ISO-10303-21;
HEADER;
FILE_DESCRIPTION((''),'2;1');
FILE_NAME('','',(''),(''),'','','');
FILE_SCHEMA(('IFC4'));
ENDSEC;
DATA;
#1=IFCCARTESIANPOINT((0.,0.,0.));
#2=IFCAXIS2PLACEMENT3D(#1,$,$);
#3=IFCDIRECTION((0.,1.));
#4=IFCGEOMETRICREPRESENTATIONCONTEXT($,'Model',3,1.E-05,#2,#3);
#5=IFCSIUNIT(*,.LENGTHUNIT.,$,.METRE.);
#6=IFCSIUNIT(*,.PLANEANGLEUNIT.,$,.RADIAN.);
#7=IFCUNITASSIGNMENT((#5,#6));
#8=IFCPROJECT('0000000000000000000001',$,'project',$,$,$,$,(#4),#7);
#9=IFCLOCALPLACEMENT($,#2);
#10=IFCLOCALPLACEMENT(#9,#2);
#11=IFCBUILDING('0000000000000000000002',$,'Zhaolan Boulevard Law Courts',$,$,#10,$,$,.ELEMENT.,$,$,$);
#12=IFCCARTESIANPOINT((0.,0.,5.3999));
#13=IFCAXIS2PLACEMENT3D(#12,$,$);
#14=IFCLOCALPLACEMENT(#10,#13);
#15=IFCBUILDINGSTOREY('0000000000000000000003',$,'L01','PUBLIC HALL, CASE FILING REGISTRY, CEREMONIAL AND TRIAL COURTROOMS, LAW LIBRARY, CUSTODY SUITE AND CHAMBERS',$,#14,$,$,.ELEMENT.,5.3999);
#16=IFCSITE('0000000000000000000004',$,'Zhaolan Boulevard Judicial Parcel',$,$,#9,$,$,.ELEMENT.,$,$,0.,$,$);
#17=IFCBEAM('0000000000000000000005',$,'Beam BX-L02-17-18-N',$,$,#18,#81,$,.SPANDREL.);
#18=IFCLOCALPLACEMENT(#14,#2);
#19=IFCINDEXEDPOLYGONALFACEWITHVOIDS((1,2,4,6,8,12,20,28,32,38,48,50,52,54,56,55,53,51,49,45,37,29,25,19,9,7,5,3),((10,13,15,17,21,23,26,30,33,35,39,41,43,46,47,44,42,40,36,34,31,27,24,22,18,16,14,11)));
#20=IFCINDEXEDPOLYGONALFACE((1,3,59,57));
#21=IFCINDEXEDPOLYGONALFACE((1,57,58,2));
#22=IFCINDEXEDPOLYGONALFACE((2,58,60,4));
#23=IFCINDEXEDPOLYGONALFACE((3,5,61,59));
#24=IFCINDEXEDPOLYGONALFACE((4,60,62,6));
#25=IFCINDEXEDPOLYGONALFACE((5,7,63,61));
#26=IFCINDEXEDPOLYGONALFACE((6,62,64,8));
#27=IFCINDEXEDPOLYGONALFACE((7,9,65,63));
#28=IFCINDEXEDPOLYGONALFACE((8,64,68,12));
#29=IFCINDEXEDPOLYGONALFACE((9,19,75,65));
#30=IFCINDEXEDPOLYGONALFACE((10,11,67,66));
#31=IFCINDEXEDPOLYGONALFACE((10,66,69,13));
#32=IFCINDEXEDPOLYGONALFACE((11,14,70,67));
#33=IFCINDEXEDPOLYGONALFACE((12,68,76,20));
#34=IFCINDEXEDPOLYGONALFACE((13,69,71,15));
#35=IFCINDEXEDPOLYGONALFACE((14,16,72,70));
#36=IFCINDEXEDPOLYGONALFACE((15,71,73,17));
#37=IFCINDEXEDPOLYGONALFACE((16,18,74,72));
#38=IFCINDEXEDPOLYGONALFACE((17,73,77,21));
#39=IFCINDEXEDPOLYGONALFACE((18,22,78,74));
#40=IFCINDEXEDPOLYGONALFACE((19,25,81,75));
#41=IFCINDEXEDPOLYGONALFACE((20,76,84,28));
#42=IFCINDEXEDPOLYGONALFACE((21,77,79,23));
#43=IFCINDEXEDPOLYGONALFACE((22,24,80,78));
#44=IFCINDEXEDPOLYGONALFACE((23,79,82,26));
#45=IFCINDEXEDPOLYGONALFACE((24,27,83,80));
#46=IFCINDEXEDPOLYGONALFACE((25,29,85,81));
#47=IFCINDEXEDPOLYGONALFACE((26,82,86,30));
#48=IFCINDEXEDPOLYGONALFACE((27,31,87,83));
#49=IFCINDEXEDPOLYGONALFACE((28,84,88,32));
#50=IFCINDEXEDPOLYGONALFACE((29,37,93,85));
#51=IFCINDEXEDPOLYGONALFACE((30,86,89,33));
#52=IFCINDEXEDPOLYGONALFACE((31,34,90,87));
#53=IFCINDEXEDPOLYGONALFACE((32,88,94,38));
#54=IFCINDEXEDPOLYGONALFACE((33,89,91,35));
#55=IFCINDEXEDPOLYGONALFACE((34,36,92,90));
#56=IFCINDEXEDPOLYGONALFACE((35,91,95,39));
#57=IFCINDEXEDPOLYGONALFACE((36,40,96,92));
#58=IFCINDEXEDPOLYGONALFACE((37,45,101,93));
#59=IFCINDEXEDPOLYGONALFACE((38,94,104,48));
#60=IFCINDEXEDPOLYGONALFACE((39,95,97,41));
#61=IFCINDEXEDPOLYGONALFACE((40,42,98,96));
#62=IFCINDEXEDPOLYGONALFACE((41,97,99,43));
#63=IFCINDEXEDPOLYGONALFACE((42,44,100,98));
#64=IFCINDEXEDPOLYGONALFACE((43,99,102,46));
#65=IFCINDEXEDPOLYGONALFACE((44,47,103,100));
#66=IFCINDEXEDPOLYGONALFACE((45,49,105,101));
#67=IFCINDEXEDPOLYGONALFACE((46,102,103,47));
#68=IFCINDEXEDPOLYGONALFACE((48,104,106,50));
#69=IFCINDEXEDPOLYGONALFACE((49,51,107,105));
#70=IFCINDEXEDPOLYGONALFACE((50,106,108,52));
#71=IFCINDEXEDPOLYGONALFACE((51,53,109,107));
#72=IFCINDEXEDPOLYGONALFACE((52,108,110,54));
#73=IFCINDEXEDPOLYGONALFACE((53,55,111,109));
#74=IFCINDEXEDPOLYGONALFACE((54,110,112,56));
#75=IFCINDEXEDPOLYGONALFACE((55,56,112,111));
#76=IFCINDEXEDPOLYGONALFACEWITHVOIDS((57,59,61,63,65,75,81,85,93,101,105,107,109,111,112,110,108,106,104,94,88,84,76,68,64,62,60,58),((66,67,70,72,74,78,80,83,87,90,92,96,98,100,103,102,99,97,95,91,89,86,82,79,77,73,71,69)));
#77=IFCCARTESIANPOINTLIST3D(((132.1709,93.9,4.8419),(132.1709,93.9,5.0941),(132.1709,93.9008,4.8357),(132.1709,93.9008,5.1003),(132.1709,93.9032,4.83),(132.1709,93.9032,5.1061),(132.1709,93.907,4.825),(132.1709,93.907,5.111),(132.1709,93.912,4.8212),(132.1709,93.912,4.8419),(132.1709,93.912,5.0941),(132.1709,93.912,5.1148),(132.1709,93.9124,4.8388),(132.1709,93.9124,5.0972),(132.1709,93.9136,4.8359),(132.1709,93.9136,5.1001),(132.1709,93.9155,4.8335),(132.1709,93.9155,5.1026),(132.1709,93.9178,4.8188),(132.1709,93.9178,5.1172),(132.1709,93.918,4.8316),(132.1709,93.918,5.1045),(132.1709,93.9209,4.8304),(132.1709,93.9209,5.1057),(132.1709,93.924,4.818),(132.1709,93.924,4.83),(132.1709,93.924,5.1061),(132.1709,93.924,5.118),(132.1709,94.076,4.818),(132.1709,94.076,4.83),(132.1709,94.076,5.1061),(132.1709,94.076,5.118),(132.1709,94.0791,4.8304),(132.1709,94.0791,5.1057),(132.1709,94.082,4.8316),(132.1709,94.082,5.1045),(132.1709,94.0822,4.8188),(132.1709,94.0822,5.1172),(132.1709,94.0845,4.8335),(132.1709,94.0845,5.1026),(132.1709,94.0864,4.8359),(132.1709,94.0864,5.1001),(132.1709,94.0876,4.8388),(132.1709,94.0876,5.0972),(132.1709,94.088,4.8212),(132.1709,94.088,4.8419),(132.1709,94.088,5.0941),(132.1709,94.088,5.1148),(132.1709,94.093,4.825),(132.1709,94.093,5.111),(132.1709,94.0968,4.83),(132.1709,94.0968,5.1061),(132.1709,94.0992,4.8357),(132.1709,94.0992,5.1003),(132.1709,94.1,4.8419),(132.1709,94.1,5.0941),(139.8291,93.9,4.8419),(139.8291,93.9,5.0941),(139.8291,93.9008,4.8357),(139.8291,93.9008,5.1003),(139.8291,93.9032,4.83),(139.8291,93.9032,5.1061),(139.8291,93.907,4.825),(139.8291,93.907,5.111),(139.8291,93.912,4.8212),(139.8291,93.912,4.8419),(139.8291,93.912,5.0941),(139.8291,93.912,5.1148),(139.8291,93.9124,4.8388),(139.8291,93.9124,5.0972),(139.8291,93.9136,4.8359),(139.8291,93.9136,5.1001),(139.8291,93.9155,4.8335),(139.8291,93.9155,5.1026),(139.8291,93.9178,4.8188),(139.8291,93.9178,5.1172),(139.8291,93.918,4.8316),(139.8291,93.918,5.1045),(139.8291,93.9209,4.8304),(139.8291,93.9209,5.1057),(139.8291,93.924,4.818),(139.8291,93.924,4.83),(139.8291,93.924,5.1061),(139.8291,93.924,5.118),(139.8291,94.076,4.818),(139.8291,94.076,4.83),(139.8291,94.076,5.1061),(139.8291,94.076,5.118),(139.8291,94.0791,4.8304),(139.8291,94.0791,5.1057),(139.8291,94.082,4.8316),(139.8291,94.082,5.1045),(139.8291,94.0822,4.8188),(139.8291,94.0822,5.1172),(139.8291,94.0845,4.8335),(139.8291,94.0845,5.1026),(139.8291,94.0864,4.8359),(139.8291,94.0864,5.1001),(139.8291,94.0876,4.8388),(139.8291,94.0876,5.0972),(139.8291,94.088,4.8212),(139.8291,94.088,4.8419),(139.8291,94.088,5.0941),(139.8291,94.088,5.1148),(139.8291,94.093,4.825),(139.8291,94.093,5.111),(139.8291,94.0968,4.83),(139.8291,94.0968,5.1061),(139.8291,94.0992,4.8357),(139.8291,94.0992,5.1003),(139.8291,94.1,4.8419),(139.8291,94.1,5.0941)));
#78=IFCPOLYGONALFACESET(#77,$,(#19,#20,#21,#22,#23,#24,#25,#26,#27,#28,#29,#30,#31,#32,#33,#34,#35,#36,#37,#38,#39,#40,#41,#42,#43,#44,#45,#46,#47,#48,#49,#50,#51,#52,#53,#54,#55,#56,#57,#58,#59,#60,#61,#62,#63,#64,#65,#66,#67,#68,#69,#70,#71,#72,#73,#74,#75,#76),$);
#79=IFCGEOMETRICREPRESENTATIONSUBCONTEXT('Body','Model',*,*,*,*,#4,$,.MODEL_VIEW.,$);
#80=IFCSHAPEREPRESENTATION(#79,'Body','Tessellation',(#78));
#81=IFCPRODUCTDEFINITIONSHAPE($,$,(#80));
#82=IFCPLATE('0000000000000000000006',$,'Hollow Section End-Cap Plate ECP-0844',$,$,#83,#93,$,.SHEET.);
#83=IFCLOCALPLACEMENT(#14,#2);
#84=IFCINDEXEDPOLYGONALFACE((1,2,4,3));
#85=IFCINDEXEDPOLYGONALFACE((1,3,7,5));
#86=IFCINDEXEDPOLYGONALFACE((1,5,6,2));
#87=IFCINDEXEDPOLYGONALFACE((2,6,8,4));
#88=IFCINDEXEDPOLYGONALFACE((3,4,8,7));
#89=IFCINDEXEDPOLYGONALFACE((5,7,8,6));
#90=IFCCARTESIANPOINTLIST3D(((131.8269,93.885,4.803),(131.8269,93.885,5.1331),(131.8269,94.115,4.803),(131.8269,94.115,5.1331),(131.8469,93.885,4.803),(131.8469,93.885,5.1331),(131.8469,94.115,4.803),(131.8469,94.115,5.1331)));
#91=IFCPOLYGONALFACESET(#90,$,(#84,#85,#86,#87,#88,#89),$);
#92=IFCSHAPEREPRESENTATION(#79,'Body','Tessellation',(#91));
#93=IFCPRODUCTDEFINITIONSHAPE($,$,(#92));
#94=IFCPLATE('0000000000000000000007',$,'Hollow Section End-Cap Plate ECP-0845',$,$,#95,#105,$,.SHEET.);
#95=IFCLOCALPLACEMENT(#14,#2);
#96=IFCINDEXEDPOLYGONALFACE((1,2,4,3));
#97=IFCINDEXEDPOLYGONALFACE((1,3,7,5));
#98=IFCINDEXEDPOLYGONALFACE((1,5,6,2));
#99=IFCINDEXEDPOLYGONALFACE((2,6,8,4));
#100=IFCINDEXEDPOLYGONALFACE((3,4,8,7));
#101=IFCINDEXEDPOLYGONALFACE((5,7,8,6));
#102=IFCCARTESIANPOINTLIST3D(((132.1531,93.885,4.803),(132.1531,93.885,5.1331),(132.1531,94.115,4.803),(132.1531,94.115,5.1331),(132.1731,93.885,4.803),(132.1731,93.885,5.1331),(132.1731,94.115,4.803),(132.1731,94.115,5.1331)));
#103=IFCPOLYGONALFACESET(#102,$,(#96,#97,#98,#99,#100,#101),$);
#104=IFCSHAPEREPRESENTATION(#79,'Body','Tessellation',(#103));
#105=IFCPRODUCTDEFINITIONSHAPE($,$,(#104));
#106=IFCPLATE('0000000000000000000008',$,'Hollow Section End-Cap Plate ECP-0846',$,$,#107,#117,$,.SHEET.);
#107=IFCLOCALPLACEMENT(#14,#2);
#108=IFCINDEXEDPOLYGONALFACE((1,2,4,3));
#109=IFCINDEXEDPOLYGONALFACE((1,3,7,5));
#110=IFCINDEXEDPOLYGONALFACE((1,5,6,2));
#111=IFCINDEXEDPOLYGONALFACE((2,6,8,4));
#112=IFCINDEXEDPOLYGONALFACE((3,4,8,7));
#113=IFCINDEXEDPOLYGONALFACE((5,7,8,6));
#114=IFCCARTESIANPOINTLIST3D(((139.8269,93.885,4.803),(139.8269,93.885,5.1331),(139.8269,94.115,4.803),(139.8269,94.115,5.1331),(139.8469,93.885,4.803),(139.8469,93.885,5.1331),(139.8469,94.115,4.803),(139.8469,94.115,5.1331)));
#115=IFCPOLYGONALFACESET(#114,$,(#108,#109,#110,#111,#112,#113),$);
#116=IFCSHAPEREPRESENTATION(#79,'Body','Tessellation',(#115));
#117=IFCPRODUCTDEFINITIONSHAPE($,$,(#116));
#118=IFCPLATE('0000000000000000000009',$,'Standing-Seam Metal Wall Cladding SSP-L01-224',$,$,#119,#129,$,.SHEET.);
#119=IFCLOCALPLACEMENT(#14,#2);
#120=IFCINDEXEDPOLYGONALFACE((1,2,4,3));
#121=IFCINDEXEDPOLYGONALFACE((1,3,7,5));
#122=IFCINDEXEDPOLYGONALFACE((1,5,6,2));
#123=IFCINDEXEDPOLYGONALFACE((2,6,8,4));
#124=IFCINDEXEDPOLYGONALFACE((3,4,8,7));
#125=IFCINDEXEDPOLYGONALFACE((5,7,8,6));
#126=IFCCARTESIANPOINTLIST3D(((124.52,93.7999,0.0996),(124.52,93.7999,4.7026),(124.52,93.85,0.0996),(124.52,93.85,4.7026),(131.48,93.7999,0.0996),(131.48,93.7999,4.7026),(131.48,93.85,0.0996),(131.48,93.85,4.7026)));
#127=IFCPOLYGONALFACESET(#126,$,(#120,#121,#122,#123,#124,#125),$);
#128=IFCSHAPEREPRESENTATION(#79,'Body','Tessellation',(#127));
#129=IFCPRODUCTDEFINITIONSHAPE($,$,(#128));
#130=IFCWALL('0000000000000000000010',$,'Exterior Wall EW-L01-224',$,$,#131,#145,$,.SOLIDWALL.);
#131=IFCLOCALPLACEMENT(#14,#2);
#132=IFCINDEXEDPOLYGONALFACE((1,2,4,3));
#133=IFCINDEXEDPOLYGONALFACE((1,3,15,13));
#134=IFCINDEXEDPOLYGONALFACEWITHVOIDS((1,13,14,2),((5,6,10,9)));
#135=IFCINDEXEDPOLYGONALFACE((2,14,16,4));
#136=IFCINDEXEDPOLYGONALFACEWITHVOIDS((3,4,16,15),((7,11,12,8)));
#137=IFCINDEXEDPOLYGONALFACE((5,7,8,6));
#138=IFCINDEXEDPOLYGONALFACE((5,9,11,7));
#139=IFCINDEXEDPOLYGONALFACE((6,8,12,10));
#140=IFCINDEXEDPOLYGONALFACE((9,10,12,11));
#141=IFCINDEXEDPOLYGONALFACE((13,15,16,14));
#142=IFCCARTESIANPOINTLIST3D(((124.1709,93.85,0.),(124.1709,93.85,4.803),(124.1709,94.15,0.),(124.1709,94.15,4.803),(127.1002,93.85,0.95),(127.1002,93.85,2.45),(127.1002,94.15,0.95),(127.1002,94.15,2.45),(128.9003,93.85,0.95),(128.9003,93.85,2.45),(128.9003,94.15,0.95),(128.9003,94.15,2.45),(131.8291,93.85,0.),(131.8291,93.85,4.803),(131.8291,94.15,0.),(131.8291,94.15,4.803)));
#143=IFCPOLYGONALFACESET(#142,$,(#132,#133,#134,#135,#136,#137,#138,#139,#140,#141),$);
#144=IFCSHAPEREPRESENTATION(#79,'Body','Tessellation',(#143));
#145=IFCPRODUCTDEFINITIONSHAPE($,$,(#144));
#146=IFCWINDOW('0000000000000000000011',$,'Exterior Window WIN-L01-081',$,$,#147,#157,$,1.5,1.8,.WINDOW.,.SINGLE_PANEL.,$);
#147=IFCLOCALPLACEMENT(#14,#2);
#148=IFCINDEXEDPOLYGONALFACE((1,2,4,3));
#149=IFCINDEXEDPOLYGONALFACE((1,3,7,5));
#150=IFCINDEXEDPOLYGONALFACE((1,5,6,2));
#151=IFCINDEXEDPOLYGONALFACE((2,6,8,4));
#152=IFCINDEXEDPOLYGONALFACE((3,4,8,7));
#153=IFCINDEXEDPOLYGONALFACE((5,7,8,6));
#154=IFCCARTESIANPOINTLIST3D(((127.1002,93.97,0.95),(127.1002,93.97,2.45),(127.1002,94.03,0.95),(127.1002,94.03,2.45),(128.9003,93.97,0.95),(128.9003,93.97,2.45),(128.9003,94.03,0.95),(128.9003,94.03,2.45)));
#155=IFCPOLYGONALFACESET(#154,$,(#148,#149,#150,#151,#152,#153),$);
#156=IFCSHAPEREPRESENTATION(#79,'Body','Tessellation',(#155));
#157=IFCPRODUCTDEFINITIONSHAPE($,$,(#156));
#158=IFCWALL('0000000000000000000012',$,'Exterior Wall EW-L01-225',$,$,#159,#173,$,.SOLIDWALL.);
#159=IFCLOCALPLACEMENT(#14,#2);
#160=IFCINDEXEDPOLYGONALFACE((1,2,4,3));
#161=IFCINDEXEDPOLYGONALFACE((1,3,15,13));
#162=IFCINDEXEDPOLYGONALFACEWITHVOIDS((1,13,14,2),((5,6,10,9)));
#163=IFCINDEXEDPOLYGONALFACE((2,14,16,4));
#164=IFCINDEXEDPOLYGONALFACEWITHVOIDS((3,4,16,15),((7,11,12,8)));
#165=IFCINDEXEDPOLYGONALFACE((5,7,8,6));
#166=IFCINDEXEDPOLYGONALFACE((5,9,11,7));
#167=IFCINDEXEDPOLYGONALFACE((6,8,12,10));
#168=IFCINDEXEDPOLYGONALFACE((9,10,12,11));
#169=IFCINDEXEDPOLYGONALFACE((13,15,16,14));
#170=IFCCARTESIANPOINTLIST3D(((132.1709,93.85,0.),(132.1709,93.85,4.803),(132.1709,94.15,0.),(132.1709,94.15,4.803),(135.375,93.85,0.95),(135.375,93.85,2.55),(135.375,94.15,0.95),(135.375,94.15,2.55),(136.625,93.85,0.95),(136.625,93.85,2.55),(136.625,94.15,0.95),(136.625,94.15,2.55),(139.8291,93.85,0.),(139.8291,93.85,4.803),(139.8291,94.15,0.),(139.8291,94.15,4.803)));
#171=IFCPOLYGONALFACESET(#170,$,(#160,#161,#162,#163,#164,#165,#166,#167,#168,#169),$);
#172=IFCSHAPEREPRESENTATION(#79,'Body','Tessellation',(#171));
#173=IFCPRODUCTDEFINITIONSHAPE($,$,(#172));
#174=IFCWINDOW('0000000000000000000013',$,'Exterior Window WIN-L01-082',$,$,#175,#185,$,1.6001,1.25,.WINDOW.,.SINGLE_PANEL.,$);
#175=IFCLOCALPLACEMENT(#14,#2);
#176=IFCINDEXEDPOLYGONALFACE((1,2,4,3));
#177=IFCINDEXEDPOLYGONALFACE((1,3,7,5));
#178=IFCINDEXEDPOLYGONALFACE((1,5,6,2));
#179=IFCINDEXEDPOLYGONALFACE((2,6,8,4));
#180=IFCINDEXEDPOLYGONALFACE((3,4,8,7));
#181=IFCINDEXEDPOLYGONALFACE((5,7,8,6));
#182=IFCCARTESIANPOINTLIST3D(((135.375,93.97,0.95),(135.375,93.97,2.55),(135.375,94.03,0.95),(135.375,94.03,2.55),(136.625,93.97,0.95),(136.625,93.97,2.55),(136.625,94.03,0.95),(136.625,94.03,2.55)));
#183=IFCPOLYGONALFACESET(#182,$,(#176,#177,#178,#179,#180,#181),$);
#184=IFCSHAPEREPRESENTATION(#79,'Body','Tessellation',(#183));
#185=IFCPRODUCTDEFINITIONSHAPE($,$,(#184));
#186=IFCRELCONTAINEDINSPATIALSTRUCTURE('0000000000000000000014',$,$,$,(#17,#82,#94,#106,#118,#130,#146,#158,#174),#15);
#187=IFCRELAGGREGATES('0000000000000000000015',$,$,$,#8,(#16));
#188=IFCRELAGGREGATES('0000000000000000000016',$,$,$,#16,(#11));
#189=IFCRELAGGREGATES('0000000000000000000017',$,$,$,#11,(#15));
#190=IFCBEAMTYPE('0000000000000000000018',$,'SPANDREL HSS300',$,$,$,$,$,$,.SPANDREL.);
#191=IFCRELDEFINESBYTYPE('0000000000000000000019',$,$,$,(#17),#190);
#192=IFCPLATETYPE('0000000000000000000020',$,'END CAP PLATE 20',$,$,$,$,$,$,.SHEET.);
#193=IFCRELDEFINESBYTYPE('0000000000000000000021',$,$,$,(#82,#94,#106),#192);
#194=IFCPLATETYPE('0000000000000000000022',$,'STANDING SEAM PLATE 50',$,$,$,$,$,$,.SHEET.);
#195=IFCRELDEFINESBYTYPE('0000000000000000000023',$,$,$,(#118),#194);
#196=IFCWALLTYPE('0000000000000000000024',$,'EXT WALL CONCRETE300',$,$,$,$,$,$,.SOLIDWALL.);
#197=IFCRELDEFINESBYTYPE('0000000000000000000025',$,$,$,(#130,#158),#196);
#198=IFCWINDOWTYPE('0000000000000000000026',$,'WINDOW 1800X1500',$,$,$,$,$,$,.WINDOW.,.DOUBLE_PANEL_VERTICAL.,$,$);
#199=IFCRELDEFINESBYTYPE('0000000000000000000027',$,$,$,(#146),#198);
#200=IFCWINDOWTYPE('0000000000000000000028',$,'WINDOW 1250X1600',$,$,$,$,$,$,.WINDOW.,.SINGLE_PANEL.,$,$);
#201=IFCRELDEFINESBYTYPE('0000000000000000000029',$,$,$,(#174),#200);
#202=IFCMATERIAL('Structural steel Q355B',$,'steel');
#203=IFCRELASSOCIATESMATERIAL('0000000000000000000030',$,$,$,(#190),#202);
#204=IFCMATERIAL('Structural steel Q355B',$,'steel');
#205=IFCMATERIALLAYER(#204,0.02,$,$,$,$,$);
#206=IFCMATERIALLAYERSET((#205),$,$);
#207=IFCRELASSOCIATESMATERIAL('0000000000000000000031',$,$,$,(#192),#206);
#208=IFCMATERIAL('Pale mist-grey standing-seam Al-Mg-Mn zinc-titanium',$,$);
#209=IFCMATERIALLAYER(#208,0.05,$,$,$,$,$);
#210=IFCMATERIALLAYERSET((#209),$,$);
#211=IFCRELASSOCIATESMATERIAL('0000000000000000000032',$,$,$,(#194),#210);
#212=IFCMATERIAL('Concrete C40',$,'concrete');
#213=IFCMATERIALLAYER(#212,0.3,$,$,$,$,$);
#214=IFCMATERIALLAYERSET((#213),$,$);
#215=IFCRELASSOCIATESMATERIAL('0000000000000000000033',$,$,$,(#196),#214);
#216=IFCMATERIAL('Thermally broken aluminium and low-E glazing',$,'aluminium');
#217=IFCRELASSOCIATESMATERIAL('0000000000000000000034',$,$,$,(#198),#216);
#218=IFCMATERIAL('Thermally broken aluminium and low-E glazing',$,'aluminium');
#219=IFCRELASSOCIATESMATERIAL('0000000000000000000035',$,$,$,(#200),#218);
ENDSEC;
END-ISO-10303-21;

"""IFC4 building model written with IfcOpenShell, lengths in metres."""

from ifc_helpers import new_model, si_unit, direction, frame, frame_2d, origin, origin_2d, place, context, subcontext, project, spatial, rectangle, hollow_rectangle, extrude, material, layer, layer_set, material_profile, profile_set, type_object, element, fill, save


model = new_model("IFC4")

# Units and contexts
model_context = context("Model", 3, precision=1e-05, world=origin(), true_north=direction((0.0, 1.0)))
body_context = subcontext(model_context, "Body", "Model", "MODEL_VIEW")
ifc_project = project(units=[si_unit("LENGTHUNIT", "METRE"), si_unit("PLANEANGLEUNIT", "RADIAN")], contexts=[model_context])

# Site, building, storey
site_placement = place(None, origin())
site = spatial("IfcSite", under=ifc_project, at=site_placement, Name="Zhaolan Boulevard Judicial Parcel", CompositionType="ELEMENT", RefElevation=0.0)
building_placement = place(site_placement, origin())
building = spatial("IfcBuilding", under=site, at=building_placement, Name="Zhaolan Boulevard Law Courts", CompositionType="ELEMENT")
storey_placement = place(building_placement, frame((0.0, 0.0, 5.3999)))
storey = spatial("IfcBuildingStorey", under=building, at=storey_placement, Name="L01", Description="PUBLIC HALL, CASE FILING REGISTRY, CEREMONIAL AND TRIAL COURTROOMS, LAW LIBRARY, CUSTODY SUITE AND CHAMBERS", CompositionType="ELEMENT", Elevation=5.3999)

# Beam
ifc_material_1 = material(Name="Structural steel Q355B", Category="steel")
ifc_material_profile_1 = material_profile(ifc_material_1, hollow_rectangle(XDim=0.2, YDim=0.3, WallThickness=0.012, InnerFilletRadius=0.012, OuterFilletRadius=0.0239, at=origin_2d()), Name="HSS300x200x12")
ifc_profile_set_1 = profile_set([ifc_material_profile_1], Name="Structural steel Q355B")
beam_type_1 = type_object("IfcBeamType", Name="SPANDREL HSS300", PredefinedType="SPANDREL", material=ifc_profile_set_1)
beam_1_placement = place(storey_placement, frame((132.1709, 94.0, 4.968), z_axis=(1.0, 0.0, 0.0), x_axis=(0.0, 1.0, 0.0)))
element("IfcBeam", 1, at=beam_1_placement, inside=storey, type_object=beam_type_1, Name="Beam BX-L02-17-18-N", PredefinedType="SPANDREL", context=body_context, shape_type="SweptSolid", body=[
    extrude(hollow_rectangle(XDim=0.2, YDim=0.3, WallThickness=0.012, InnerFilletRadius=0.012, OuterFilletRadius=0.0239, at=origin_2d()), origin(), (0.0, 0.0, 1.0), 7.6582),
])

# Plates
ifc_material_2 = material(Name="Structural steel Q355B", Category="steel")
ifc_layer_1 = layer(ifc_material_2, 0.02)
ifc_layer_set_1 = layer_set([ifc_layer_1])
plate_type_1 = type_object("IfcPlateType", Name="END CAP PLATE 20", PredefinedType="SHEET", material=ifc_layer_set_1)
for number, where, z_axis, x_axis, name in (
    (2, (131.8369, 94.0, 4.803), (0.0, 0.0, 1.0), (1.0, 0.0, 0.0), "Hollow Section End-Cap Plate ECP-0844"),
    (3, (132.1631, 94.0, 4.803), (0.0, 0.0, 1.0), (1.0, 0.0, 0.0), "Hollow Section End-Cap Plate ECP-0845"),
    (4, (139.8369, 94.0, 4.803), (0.0, 0.0, 1.0), (1.0, 0.0, 0.0), "Hollow Section End-Cap Plate ECP-0846"),
):
    element("IfcPlate", number, at=place(storey_placement, frame(where, z_axis=z_axis, x_axis=x_axis)), inside=storey, type_object=plate_type_1, Name=name, PredefinedType="SHEET", context=body_context, shape_type="SweptSolid", body=[
        extrude(rectangle(XDim=0.02, YDim=0.23, at=origin_2d()), origin(), (0.0, 0.0, 1.0), 0.3301),
    ])
ifc_material_3 = material(Name="Pale mist-grey standing-seam Al-Mg-Mn zinc-titanium")
ifc_layer_2 = layer(ifc_material_3, 0.05)
ifc_layer_set_2 = layer_set([ifc_layer_2])
plate_type_2 = type_object("IfcPlateType", Name="STANDING SEAM PLATE 50", PredefinedType="SHEET", material=ifc_layer_set_2)
plate_placement = place(storey_placement, frame((128.0, 93.825, 0.0996), z_axis=(0.0, 0.0, 1.0), x_axis=(-1.0, 0.0, 0.0)))
element("IfcPlate", 5, at=plate_placement, inside=storey, type_object=plate_type_2, Name="Standing-Seam Metal Wall Cladding SSP-L01-224", PredefinedType="SHEET", context=body_context, shape_type="SweptSolid", body=[
    extrude(rectangle(XDim=6.96, YDim=0.05, at=origin_2d()), origin(), (0.0, 0.0, 1.0), 4.603),
])

# Walls, openings, windows
ifc_material_4 = material(Name="Concrete C40", Category="concrete")
ifc_layer_3 = layer(ifc_material_4, 0.3)
ifc_layer_set_3 = layer_set([ifc_layer_3])
wall_type_1 = type_object("IfcWallType", Name="EXT WALL CONCRETE300", PredefinedType="SOLIDWALL", material=ifc_layer_set_3)
wall_1_placement = place(storey_placement, frame((131.8291, 94.0, 0.0), z_axis=(0.0, 0.0, 1.0), x_axis=(-1.0, 0.0, 0.0)))
wall_1 = element("IfcWall", 6, at=wall_1_placement, inside=storey, type_object=wall_type_1, Name="Exterior Wall EW-L01-224", PredefinedType="SOLIDWALL", context=body_context, shape_type="SweptSolid", body=[
    extrude(rectangle(XDim=7.6582, YDim=0.3, at=frame_2d((3.8291, 0.0))), origin(), (0.0, 0.0, 1.0), 4.803),
])
opening_1_placement = place(wall_1_placement, frame((2.929, 0.0, 0.95)))
opening_1 = element("IfcOpeningElement", 7, at=opening_1_placement, cuts=wall_1, PredefinedType="OPENING", context=body_context, shape_type="SweptSolid", body=[
    extrude(rectangle(XDim=1.8, YDim=1.5, at=frame_2d((0.8999, 0.75))), frame((0.0, 0.1599, 0.0), z_axis=(0.0, -1.0, 0.0), x_axis=(1.0, 0.0, 0.0)), (0.0, 0.0, 1.0), 0.3201),
])
ifc_material_5 = material(Name="Thermally broken aluminium and low-E glazing", Category="aluminium")
window_type_1 = type_object("IfcWindowType", Name="WINDOW 1800X1500", PartitioningType="DOUBLE_PANEL_VERTICAL", PredefinedType="WINDOW", material=ifc_material_5)
window_1_placement = place(opening_1_placement, origin())
window_1 = element("IfcWindow", 8, at=window_1_placement, inside=storey, type_object=window_type_1, Name="Exterior Window WIN-L01-081", OverallHeight=1.5, OverallWidth=1.8, PartitioningType="SINGLE_PANEL", PredefinedType="WINDOW", context=body_context, shape_type="SweptSolid", body=[
    extrude(rectangle(XDim=1.8, YDim=1.5, at=frame_2d((0.8999, 0.75))), frame((0.0, 0.03, 0.0), z_axis=(0.0, -1.0, 0.0), x_axis=(1.0, 0.0, 0.0)), (0.0, 0.0, 1.0), 0.0601),
])
fill(opening_1, window_1)
wall_2_placement = place(storey_placement, frame((139.8291, 94.0, 0.0), z_axis=(0.0, 0.0, 1.0), x_axis=(-1.0, 0.0, 0.0)))
wall_2 = element("IfcWall", 9, at=wall_2_placement, inside=storey, type_object=wall_type_1, Name="Exterior Wall EW-L01-225", PredefinedType="SOLIDWALL", context=body_context, shape_type="SweptSolid", body=[
    extrude(rectangle(XDim=7.6582, YDim=0.3, at=frame_2d((3.8291, 0.0))), origin(), (0.0, 0.0, 1.0), 4.803),
])
opening_2_placement = place(wall_2_placement, frame((3.2041, 0.0, 0.95)))
opening_2 = element("IfcOpeningElement", 10, at=opening_2_placement, cuts=wall_2, PredefinedType="OPENING", context=body_context, shape_type="SweptSolid", body=[
    extrude(rectangle(XDim=1.25, YDim=1.6001, at=frame_2d((0.625, 0.8))), frame((0.0, 0.1599, 0.0), z_axis=(0.0, -1.0, 0.0), x_axis=(1.0, 0.0, 0.0)), (0.0, 0.0, 1.0), 0.3201),
])
ifc_material_6 = material(Name="Thermally broken aluminium and low-E glazing", Category="aluminium")
window_type_2 = type_object("IfcWindowType", Name="WINDOW 1250X1600", PartitioningType="SINGLE_PANEL", PredefinedType="WINDOW", material=ifc_material_6)
window_2_placement = place(opening_2_placement, origin())
window_2 = element("IfcWindow", 11, at=window_2_placement, inside=storey, type_object=window_type_2, Name="Exterior Window WIN-L01-082", OverallHeight=1.6001, OverallWidth=1.25, PartitioningType="SINGLE_PANEL", PredefinedType="WINDOW", context=body_context, shape_type="SweptSolid", body=[
    extrude(rectangle(XDim=1.25, YDim=1.6001, at=frame_2d((0.625, 0.8))), frame((0.0, 0.03, 0.0), z_axis=(0.0, -1.0, 0.0), x_axis=(1.0, 0.0, 0.0)), (0.0, 0.0, 1.0), 0.0601),
])
fill(opening_2, window_2)

save(model, "model.ifc")
